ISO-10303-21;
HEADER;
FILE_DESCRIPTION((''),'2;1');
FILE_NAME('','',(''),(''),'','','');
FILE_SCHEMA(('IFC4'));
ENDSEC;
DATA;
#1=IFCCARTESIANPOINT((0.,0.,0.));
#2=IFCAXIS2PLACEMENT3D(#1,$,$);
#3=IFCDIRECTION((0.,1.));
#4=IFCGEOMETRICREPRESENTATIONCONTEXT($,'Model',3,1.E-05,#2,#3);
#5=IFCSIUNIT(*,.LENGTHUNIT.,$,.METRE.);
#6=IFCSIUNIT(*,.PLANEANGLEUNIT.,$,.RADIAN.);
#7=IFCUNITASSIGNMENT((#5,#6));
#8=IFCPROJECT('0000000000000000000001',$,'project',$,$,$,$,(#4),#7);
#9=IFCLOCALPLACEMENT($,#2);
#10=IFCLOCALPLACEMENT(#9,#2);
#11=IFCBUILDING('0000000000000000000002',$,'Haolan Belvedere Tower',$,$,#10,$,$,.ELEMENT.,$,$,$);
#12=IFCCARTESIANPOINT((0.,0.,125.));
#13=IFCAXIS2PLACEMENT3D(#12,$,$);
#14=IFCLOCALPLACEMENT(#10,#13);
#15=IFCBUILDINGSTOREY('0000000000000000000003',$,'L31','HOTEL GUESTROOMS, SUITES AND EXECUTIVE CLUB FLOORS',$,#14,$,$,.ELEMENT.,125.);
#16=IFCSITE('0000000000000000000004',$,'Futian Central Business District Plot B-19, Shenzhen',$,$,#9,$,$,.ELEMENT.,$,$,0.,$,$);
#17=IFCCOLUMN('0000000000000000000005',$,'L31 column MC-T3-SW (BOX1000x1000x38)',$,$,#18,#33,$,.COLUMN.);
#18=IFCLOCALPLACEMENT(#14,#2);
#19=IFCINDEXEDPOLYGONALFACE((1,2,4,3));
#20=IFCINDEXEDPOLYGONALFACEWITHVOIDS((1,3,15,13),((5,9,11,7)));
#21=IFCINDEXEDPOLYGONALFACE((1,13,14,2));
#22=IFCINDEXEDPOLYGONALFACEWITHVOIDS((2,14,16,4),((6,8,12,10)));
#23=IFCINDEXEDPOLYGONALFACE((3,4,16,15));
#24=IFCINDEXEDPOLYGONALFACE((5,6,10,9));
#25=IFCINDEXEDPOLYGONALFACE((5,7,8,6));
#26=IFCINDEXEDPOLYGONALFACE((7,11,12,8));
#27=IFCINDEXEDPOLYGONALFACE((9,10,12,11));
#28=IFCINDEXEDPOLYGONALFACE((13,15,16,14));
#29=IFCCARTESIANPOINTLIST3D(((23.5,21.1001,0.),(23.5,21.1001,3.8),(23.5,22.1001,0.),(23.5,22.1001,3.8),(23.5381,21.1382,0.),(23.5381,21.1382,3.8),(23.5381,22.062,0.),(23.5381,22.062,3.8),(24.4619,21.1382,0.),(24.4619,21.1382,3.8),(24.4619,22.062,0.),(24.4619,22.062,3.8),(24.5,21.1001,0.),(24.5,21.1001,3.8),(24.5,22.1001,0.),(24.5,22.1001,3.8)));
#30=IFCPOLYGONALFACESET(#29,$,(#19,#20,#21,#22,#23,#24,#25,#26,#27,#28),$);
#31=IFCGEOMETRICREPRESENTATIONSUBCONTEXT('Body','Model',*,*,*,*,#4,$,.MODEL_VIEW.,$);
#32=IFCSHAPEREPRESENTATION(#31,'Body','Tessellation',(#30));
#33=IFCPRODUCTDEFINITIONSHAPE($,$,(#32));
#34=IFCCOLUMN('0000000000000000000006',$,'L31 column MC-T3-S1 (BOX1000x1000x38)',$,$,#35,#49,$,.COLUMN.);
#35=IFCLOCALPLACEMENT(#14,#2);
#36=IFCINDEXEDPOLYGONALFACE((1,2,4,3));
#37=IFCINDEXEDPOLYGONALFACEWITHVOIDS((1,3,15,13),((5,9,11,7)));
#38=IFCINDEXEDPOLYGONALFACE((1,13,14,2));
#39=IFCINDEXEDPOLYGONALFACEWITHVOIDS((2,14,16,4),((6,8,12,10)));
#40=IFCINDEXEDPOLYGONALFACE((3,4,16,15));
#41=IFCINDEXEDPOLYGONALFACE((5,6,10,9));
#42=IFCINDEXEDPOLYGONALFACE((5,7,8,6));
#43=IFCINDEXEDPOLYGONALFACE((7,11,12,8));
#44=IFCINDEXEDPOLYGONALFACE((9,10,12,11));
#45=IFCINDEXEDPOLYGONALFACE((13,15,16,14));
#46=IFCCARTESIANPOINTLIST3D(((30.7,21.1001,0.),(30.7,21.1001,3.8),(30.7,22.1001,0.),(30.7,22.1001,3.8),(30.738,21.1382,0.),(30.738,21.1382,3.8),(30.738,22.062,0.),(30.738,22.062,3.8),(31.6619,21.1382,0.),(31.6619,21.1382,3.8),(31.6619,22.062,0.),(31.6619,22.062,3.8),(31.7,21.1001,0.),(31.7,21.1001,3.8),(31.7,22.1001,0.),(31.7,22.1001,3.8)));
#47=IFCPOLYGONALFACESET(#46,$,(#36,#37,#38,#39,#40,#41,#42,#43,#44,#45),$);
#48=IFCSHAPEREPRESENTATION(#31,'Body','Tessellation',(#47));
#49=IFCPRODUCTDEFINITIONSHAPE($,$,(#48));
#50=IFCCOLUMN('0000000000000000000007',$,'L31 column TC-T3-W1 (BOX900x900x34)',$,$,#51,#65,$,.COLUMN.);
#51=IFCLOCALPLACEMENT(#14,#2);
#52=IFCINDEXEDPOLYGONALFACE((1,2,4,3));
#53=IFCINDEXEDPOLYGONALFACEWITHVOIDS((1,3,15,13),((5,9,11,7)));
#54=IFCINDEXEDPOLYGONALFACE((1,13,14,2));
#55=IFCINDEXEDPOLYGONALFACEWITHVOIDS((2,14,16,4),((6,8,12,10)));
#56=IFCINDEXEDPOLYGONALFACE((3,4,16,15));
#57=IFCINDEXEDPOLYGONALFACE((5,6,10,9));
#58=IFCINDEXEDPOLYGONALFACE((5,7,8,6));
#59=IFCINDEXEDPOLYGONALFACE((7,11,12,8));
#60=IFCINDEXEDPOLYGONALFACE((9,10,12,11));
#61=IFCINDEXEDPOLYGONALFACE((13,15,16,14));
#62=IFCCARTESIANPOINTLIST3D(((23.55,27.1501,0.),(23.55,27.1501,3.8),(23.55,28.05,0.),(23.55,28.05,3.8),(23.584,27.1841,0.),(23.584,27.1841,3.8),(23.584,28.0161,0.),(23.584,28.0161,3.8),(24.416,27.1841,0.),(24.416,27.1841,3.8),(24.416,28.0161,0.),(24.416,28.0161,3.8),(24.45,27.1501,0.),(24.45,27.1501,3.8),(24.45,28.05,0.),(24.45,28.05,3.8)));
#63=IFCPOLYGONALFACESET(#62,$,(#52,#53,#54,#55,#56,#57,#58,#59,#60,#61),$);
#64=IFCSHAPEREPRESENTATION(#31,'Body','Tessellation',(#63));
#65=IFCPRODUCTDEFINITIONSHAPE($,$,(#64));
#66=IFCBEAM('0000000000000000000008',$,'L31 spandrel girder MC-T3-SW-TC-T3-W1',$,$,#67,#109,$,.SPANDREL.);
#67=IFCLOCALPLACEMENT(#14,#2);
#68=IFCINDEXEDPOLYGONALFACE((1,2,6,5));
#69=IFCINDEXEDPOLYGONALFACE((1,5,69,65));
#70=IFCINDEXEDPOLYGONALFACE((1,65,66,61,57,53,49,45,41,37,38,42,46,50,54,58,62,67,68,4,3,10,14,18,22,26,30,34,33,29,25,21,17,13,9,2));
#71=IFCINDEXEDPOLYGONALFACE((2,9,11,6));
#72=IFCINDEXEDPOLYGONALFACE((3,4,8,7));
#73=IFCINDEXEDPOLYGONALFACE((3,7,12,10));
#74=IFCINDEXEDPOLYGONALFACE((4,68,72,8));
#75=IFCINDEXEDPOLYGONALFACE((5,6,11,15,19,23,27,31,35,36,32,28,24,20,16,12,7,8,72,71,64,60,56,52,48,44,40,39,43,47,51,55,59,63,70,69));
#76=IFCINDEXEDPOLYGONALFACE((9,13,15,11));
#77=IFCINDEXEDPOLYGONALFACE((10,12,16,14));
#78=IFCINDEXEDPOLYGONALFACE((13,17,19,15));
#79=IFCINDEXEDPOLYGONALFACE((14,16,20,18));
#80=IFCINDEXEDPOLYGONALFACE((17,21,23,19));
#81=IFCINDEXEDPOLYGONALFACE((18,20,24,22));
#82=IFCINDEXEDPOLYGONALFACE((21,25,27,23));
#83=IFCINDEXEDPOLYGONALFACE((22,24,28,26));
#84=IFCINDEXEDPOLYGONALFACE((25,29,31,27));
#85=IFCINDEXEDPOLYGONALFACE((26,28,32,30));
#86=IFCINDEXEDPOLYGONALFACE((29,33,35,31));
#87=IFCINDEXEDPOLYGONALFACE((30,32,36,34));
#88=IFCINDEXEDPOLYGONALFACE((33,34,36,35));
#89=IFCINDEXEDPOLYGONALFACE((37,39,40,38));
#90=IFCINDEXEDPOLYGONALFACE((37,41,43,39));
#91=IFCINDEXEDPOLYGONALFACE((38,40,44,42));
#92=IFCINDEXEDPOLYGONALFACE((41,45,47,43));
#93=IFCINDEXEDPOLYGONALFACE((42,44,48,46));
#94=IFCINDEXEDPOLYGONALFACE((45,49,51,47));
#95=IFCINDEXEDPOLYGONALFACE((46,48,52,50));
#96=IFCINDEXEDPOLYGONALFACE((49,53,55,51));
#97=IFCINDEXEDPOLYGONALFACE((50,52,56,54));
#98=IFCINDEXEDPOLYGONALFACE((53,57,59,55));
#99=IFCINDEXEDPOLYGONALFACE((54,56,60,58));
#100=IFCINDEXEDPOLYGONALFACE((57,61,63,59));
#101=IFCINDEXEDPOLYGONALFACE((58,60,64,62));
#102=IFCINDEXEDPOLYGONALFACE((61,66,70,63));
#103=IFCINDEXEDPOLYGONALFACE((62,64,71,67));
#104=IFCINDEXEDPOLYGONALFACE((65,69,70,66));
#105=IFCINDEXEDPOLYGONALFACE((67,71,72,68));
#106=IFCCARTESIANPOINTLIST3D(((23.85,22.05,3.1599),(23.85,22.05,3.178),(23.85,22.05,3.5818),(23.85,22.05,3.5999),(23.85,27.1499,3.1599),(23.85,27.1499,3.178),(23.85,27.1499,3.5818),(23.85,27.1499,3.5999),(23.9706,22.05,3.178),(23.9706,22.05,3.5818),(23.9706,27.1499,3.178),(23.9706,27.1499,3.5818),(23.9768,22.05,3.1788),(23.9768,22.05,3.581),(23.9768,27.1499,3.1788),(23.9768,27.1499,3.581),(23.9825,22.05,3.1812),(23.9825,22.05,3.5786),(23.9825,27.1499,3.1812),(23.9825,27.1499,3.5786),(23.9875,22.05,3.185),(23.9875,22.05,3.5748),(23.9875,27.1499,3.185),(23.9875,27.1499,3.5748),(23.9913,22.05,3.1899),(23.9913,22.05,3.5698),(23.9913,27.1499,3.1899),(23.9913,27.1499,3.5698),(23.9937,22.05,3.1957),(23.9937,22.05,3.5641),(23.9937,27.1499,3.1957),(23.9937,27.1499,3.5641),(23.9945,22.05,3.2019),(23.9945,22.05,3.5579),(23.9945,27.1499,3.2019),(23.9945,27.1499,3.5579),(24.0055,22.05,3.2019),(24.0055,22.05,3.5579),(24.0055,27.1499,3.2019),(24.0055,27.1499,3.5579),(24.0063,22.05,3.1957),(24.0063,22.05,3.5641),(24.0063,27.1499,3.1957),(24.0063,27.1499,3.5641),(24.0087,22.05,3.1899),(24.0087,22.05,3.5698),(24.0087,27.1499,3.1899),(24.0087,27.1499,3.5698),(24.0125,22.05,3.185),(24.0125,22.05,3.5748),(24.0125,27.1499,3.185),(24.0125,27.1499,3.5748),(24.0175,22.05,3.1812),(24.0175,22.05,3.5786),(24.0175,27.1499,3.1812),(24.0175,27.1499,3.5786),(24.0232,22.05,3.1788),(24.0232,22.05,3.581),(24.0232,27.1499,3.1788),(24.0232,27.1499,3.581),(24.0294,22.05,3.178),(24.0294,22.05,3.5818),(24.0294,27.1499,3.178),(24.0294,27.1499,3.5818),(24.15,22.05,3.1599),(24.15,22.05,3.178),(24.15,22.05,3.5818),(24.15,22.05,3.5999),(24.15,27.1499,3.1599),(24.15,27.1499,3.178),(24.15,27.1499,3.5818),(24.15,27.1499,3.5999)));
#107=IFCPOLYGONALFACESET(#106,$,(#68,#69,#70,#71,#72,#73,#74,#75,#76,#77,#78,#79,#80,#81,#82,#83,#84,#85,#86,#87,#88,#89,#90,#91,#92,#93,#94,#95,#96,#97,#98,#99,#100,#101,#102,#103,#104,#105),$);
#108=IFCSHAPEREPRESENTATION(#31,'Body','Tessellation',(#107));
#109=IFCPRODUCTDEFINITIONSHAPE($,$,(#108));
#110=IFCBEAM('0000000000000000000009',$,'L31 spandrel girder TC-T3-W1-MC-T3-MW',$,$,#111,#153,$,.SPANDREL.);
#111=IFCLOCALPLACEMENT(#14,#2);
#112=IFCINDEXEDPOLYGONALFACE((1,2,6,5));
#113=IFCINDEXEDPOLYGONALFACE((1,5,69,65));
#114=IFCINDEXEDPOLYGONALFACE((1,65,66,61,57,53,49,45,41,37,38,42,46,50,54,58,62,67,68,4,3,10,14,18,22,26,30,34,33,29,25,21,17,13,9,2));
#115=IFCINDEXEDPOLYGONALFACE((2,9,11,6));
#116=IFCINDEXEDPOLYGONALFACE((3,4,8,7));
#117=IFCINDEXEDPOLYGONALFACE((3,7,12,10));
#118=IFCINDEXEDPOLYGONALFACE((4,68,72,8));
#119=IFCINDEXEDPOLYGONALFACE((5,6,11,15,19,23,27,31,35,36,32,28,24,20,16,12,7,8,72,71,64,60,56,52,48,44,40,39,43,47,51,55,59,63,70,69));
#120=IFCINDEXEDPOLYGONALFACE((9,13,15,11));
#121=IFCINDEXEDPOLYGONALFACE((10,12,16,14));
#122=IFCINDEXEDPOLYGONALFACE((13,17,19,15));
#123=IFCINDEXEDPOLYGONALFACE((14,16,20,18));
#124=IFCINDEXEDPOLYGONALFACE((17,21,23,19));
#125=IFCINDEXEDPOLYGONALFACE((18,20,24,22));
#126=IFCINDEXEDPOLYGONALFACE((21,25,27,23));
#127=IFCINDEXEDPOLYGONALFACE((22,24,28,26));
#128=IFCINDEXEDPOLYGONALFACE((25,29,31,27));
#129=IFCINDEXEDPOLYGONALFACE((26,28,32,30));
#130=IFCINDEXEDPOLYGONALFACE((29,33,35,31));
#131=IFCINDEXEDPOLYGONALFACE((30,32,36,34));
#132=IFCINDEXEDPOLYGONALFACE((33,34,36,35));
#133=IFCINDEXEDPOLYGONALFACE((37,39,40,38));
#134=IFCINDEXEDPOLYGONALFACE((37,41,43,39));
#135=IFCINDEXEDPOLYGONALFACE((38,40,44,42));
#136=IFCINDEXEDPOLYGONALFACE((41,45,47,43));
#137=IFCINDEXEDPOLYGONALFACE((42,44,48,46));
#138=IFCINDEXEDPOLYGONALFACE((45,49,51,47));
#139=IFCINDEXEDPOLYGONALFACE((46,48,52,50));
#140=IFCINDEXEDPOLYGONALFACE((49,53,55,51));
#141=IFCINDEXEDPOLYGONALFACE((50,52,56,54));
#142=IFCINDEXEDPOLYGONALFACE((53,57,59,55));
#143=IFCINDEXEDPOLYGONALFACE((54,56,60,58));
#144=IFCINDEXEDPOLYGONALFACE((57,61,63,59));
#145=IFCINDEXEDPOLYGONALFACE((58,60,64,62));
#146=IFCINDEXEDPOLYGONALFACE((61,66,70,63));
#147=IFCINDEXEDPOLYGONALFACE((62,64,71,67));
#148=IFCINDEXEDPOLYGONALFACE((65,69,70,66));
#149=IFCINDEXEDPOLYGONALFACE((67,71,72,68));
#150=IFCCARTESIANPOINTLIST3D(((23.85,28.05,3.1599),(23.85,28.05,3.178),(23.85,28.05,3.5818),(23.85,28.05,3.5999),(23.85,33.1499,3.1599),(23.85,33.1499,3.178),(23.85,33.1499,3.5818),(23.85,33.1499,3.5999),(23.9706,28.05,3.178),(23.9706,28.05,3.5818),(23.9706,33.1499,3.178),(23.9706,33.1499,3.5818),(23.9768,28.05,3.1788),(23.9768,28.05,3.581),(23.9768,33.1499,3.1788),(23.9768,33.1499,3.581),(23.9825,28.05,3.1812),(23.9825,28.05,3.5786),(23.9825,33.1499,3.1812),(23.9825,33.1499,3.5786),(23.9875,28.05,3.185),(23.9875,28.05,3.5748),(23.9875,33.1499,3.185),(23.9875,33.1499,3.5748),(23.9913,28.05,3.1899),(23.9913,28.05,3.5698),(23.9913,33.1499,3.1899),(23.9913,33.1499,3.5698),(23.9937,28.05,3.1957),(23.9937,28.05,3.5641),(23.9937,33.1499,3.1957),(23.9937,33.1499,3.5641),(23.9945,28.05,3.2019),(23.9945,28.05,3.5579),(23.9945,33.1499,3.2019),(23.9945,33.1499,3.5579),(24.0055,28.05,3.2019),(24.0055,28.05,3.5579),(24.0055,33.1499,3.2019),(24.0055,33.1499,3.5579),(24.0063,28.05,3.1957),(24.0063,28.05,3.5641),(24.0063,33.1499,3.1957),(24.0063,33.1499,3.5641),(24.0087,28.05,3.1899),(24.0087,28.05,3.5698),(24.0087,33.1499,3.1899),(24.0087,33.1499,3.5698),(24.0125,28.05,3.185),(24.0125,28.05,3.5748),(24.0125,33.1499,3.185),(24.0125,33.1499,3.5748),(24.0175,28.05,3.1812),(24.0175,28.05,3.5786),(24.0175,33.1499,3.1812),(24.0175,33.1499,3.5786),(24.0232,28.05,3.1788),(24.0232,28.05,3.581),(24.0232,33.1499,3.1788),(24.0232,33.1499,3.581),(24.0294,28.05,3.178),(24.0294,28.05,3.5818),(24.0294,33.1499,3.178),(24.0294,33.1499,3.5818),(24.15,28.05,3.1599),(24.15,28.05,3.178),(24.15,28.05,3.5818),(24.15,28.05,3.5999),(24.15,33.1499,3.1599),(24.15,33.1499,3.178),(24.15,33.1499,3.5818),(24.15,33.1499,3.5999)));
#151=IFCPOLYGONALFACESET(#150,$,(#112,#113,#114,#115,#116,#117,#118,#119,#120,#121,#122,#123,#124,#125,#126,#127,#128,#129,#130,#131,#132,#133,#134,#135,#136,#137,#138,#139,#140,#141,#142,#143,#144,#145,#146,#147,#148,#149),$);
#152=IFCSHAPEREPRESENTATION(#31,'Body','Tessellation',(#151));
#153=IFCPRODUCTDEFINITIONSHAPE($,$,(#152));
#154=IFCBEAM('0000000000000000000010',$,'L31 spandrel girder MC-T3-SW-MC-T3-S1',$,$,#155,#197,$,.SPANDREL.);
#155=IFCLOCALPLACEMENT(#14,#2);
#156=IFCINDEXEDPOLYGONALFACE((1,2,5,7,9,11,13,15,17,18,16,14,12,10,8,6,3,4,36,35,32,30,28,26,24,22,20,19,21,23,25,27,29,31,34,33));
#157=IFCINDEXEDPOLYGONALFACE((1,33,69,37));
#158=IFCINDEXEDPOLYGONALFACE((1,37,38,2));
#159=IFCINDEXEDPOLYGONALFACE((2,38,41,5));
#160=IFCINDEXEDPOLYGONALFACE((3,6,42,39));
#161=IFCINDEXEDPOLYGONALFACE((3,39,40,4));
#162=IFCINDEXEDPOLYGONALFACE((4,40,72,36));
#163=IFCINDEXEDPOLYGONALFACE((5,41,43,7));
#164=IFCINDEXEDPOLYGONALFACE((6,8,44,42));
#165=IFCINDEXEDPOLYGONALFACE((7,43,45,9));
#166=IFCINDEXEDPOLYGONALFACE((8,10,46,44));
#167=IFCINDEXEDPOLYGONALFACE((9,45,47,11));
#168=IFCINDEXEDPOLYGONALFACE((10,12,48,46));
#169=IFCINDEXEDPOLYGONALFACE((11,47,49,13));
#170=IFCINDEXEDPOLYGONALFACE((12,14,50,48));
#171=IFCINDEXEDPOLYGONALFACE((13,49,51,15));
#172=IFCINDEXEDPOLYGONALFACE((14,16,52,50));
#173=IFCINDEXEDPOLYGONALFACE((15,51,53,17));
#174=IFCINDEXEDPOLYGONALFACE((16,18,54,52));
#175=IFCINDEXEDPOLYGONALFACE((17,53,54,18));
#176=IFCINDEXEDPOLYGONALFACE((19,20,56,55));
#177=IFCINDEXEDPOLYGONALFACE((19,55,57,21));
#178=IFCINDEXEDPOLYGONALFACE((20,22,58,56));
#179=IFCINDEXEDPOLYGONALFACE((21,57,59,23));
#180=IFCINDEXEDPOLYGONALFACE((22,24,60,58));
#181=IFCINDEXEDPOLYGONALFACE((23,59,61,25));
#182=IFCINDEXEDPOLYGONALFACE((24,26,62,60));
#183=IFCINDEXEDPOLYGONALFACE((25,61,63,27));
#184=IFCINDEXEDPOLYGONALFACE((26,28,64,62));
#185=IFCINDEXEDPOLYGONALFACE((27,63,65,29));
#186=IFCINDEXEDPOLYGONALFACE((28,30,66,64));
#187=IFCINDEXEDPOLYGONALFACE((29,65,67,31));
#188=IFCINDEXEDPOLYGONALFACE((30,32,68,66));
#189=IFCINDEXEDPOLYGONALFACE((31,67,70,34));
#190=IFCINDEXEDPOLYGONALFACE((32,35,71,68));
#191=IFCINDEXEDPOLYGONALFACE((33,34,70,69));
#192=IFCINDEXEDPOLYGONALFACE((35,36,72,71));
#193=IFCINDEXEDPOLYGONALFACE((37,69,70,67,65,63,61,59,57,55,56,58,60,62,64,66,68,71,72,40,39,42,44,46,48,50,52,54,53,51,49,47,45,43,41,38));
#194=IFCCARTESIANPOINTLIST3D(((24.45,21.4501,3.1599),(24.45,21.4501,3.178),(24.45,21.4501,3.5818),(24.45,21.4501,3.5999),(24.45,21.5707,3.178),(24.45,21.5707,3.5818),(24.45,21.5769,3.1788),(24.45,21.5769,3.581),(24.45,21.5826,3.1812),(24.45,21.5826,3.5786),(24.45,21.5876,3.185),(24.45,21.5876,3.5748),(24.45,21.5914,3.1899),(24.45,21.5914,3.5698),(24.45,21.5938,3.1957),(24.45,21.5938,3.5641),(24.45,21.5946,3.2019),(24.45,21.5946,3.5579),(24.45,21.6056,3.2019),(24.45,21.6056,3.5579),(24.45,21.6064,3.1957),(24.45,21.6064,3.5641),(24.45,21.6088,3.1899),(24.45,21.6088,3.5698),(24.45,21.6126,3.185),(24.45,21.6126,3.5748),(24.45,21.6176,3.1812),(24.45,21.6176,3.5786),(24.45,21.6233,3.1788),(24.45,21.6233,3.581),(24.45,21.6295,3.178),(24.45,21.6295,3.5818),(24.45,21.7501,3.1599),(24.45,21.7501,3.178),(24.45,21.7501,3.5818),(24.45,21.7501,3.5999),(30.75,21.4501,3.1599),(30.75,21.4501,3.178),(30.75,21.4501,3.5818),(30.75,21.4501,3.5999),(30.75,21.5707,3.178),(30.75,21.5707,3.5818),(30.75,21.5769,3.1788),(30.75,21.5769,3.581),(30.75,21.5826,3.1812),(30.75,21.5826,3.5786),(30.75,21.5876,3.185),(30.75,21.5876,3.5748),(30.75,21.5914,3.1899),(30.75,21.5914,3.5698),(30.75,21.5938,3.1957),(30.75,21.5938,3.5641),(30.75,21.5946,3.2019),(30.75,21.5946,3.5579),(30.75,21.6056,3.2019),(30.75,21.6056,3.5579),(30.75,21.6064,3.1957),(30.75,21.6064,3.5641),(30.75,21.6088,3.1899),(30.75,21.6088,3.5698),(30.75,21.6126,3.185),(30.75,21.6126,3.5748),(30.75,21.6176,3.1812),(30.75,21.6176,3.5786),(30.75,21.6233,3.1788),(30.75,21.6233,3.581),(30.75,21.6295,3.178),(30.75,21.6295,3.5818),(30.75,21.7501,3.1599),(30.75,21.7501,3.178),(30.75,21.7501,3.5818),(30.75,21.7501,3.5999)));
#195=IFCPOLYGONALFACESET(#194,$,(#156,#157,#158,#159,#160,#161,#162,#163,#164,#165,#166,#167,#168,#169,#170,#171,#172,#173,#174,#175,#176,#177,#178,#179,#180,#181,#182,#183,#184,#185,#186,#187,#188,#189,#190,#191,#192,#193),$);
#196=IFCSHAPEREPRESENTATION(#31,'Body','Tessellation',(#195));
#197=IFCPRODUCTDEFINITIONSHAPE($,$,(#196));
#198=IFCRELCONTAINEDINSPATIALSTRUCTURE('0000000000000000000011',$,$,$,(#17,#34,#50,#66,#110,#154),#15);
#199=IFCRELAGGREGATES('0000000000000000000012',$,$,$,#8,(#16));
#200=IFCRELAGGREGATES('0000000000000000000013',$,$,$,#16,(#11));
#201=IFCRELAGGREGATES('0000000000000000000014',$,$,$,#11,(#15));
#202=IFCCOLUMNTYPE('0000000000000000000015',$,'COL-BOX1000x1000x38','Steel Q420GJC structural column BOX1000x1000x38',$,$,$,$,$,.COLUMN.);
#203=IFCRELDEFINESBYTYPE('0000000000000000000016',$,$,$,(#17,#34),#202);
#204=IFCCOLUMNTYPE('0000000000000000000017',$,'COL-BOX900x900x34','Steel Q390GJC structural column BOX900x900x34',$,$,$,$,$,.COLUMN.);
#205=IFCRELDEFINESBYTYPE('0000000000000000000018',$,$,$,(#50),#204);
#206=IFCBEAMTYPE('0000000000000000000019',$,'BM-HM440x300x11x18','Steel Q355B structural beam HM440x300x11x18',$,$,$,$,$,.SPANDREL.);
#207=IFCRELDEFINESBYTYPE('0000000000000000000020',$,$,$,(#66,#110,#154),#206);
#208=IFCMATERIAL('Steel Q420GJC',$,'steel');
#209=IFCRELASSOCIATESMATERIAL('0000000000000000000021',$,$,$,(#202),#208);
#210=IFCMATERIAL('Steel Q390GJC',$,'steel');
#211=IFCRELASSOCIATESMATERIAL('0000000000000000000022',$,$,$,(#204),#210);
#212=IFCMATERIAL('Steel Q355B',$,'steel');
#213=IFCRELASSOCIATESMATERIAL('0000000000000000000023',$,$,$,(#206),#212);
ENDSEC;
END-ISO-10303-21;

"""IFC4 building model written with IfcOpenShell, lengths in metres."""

from ifc_helpers import new_model, si_unit, direction, frame, origin, origin_2d, place, context, subcontext, project, spatial, hollow_rectangle, i_section, extrude, material, material_profile, profile_set, type_object, element, save


model = new_model("IFC4")

# Units and contexts
model_context = context("Model", 3, precision=1e-05, world=origin(), true_north=direction((0.0, 1.0)))
body_context = subcontext(model_context, "Body", "Model", "MODEL_VIEW")
ifc_project = project(units=[si_unit("LENGTHUNIT", "METRE"), si_unit("PLANEANGLEUNIT", "RADIAN")], contexts=[model_context])

# Site, building, storey
site_placement = place(None, origin())
site = spatial("IfcSite", under=ifc_project, at=site_placement, Name="Futian Central Business District Plot B-19, Shenzhen", CompositionType="ELEMENT", RefElevation=0.0)
building_placement = place(site_placement, origin())
building = spatial("IfcBuilding", under=site, at=building_placement, Name="Haolan Belvedere Tower", CompositionType="ELEMENT")
storey_placement = place(building_placement, frame((0.0, 0.0, 125.0)))
storey = spatial("IfcBuildingStorey", under=building, at=storey_placement, Name="L31", Description="HOTEL GUESTROOMS, SUITES AND EXECUTIVE CLUB FLOORS", CompositionType="ELEMENT", Elevation=125.0)

# Columns
ifc_material_1 = material(Name="Steel Q420GJC", Category="steel")
ifc_material_profile_1 = material_profile(ifc_material_1, hollow_rectangle(XDim=1.0, YDim=1.0, WallThickness=0.0381, at=origin_2d()), Name="Steel Q420GJC")
ifc_profile_set_1 = profile_set([ifc_material_profile_1], Name="Steel Q420GJC")
column_type_1 = type_object("IfcColumnType", Name="COL-BOX1000x1000x38", Description="Steel Q420GJC structural column BOX1000x1000x38", PredefinedType="COLUMN", material=ifc_profile_set_1)
for number, where, z_axis, x_axis, name in (
    (1, (24.0, 21.6001, 0.0), (0.0, 0.0, 1.0), (1.0, 0.0, 0.0), "L31 column MC-T3-SW (BOX1000x1000x38)"),
    (2, (31.2, 21.6001, 0.0), (0.0, 0.0, 1.0), (1.0, 0.0, 0.0), "L31 column MC-T3-S1 (BOX1000x1000x38)"),
):
    element("IfcColumn", number, at=place(storey_placement, frame(where, z_axis=z_axis, x_axis=x_axis)), inside=storey, type_object=column_type_1, Name=name, PredefinedType="COLUMN", context=body_context, shape_type="SweptSolid", body=[
        extrude(hollow_rectangle(XDim=1.0, YDim=1.0, WallThickness=0.0381, at=origin_2d()), origin(), (0.0, 0.0, 1.0), 3.8),
    ])
ifc_material_2 = material(Name="Steel Q390GJC", Category="steel")
ifc_material_profile_2 = material_profile(ifc_material_2, hollow_rectangle(XDim=0.8999, YDim=0.8999, WallThickness=0.0339, at=origin_2d()), Name="Steel Q390GJC")
ifc_profile_set_2 = profile_set([ifc_material_profile_2], Name="Steel Q390GJC")
column_type_2 = type_object("IfcColumnType", Name="COL-BOX900x900x34", Description="Steel Q390GJC structural column BOX900x900x34", PredefinedType="COLUMN", material=ifc_profile_set_2)
column_placement = place(storey_placement, frame((24.0, 27.6001, 0.0), z_axis=(0.0, 0.0, 1.0), x_axis=(1.0, 0.0, 0.0)))
element("IfcColumn", 3, at=column_placement, inside=storey, type_object=column_type_2, Name="L31 column TC-T3-W1 (BOX900x900x34)", PredefinedType="COLUMN", context=body_context, shape_type="SweptSolid", body=[
    extrude(hollow_rectangle(XDim=0.8999, YDim=0.8999, WallThickness=0.0339, at=origin_2d()), origin(), (0.0, 0.0, 1.0), 3.8),
])

# Beams
ifc_material_3 = material(Name="Steel Q355B", Category="steel")
ifc_material_profile_3 = material_profile(ifc_material_3, i_section(OverallWidth=0.3, OverallDepth=0.4399, WebThickness=0.011, FlangeThickness=0.0181, FilletRadius=0.0239, at=origin_2d()), Name="Steel Q355B")
ifc_profile_set_3 = profile_set([ifc_material_profile_3], Name="Steel Q355B")
beam_type_1 = type_object("IfcBeamType", Name="BM-HM440x300x11x18", Description="Steel Q355B structural beam HM440x300x11x18", PredefinedType="SPANDREL", material=ifc_profile_set_3)
for number, where, z_axis, x_axis, name in (
    (4, (24.0, 22.05, 3.3799), (0.0, 1.0, 0.0), (-1.0, 0.0, 0.0), "L31 spandrel girder MC-T3-SW-TC-T3-W1"),
    (5, (24.0, 28.05, 3.3799), (0.0, 1.0, 0.0), (-1.0, 0.0, 0.0), "L31 spandrel girder TC-T3-W1-MC-T3-MW"),
):
    element("IfcBeam", number, at=place(storey_placement, frame(where, z_axis=z_axis, x_axis=x_axis)), inside=storey, type_object=beam_type_1, Name=name, PredefinedType="SPANDREL", context=body_context, shape_type="SweptSolid", body=[
        extrude(i_section(OverallWidth=0.3, OverallDepth=0.4399, WebThickness=0.011, FlangeThickness=0.0181, FilletRadius=0.0239, at=origin_2d()), origin(), (0.0, 0.0, 1.0), 5.0999),
    ])
for number, where, z_axis, x_axis, name in (
    (6, (24.45, 21.6001, 3.3799), (1.0, 0.0, 0.0), (0.0, 1.0, 0.0), "L31 spandrel girder MC-T3-SW-MC-T3-S1"),
):
    element("IfcBeam", number, at=place(storey_placement, frame(where, z_axis=z_axis, x_axis=x_axis)), inside=storey, type_object=beam_type_1, Name=name, PredefinedType="SPANDREL", context=body_context, shape_type="SweptSolid", body=[
        extrude(i_section(OverallWidth=0.3, OverallDepth=0.4399, WebThickness=0.011, FlangeThickness=0.0181, FilletRadius=0.0239, at=origin_2d()), origin(), (0.0, 0.0, 1.0), 6.3),
    ])

save(model, "model.ifc")
